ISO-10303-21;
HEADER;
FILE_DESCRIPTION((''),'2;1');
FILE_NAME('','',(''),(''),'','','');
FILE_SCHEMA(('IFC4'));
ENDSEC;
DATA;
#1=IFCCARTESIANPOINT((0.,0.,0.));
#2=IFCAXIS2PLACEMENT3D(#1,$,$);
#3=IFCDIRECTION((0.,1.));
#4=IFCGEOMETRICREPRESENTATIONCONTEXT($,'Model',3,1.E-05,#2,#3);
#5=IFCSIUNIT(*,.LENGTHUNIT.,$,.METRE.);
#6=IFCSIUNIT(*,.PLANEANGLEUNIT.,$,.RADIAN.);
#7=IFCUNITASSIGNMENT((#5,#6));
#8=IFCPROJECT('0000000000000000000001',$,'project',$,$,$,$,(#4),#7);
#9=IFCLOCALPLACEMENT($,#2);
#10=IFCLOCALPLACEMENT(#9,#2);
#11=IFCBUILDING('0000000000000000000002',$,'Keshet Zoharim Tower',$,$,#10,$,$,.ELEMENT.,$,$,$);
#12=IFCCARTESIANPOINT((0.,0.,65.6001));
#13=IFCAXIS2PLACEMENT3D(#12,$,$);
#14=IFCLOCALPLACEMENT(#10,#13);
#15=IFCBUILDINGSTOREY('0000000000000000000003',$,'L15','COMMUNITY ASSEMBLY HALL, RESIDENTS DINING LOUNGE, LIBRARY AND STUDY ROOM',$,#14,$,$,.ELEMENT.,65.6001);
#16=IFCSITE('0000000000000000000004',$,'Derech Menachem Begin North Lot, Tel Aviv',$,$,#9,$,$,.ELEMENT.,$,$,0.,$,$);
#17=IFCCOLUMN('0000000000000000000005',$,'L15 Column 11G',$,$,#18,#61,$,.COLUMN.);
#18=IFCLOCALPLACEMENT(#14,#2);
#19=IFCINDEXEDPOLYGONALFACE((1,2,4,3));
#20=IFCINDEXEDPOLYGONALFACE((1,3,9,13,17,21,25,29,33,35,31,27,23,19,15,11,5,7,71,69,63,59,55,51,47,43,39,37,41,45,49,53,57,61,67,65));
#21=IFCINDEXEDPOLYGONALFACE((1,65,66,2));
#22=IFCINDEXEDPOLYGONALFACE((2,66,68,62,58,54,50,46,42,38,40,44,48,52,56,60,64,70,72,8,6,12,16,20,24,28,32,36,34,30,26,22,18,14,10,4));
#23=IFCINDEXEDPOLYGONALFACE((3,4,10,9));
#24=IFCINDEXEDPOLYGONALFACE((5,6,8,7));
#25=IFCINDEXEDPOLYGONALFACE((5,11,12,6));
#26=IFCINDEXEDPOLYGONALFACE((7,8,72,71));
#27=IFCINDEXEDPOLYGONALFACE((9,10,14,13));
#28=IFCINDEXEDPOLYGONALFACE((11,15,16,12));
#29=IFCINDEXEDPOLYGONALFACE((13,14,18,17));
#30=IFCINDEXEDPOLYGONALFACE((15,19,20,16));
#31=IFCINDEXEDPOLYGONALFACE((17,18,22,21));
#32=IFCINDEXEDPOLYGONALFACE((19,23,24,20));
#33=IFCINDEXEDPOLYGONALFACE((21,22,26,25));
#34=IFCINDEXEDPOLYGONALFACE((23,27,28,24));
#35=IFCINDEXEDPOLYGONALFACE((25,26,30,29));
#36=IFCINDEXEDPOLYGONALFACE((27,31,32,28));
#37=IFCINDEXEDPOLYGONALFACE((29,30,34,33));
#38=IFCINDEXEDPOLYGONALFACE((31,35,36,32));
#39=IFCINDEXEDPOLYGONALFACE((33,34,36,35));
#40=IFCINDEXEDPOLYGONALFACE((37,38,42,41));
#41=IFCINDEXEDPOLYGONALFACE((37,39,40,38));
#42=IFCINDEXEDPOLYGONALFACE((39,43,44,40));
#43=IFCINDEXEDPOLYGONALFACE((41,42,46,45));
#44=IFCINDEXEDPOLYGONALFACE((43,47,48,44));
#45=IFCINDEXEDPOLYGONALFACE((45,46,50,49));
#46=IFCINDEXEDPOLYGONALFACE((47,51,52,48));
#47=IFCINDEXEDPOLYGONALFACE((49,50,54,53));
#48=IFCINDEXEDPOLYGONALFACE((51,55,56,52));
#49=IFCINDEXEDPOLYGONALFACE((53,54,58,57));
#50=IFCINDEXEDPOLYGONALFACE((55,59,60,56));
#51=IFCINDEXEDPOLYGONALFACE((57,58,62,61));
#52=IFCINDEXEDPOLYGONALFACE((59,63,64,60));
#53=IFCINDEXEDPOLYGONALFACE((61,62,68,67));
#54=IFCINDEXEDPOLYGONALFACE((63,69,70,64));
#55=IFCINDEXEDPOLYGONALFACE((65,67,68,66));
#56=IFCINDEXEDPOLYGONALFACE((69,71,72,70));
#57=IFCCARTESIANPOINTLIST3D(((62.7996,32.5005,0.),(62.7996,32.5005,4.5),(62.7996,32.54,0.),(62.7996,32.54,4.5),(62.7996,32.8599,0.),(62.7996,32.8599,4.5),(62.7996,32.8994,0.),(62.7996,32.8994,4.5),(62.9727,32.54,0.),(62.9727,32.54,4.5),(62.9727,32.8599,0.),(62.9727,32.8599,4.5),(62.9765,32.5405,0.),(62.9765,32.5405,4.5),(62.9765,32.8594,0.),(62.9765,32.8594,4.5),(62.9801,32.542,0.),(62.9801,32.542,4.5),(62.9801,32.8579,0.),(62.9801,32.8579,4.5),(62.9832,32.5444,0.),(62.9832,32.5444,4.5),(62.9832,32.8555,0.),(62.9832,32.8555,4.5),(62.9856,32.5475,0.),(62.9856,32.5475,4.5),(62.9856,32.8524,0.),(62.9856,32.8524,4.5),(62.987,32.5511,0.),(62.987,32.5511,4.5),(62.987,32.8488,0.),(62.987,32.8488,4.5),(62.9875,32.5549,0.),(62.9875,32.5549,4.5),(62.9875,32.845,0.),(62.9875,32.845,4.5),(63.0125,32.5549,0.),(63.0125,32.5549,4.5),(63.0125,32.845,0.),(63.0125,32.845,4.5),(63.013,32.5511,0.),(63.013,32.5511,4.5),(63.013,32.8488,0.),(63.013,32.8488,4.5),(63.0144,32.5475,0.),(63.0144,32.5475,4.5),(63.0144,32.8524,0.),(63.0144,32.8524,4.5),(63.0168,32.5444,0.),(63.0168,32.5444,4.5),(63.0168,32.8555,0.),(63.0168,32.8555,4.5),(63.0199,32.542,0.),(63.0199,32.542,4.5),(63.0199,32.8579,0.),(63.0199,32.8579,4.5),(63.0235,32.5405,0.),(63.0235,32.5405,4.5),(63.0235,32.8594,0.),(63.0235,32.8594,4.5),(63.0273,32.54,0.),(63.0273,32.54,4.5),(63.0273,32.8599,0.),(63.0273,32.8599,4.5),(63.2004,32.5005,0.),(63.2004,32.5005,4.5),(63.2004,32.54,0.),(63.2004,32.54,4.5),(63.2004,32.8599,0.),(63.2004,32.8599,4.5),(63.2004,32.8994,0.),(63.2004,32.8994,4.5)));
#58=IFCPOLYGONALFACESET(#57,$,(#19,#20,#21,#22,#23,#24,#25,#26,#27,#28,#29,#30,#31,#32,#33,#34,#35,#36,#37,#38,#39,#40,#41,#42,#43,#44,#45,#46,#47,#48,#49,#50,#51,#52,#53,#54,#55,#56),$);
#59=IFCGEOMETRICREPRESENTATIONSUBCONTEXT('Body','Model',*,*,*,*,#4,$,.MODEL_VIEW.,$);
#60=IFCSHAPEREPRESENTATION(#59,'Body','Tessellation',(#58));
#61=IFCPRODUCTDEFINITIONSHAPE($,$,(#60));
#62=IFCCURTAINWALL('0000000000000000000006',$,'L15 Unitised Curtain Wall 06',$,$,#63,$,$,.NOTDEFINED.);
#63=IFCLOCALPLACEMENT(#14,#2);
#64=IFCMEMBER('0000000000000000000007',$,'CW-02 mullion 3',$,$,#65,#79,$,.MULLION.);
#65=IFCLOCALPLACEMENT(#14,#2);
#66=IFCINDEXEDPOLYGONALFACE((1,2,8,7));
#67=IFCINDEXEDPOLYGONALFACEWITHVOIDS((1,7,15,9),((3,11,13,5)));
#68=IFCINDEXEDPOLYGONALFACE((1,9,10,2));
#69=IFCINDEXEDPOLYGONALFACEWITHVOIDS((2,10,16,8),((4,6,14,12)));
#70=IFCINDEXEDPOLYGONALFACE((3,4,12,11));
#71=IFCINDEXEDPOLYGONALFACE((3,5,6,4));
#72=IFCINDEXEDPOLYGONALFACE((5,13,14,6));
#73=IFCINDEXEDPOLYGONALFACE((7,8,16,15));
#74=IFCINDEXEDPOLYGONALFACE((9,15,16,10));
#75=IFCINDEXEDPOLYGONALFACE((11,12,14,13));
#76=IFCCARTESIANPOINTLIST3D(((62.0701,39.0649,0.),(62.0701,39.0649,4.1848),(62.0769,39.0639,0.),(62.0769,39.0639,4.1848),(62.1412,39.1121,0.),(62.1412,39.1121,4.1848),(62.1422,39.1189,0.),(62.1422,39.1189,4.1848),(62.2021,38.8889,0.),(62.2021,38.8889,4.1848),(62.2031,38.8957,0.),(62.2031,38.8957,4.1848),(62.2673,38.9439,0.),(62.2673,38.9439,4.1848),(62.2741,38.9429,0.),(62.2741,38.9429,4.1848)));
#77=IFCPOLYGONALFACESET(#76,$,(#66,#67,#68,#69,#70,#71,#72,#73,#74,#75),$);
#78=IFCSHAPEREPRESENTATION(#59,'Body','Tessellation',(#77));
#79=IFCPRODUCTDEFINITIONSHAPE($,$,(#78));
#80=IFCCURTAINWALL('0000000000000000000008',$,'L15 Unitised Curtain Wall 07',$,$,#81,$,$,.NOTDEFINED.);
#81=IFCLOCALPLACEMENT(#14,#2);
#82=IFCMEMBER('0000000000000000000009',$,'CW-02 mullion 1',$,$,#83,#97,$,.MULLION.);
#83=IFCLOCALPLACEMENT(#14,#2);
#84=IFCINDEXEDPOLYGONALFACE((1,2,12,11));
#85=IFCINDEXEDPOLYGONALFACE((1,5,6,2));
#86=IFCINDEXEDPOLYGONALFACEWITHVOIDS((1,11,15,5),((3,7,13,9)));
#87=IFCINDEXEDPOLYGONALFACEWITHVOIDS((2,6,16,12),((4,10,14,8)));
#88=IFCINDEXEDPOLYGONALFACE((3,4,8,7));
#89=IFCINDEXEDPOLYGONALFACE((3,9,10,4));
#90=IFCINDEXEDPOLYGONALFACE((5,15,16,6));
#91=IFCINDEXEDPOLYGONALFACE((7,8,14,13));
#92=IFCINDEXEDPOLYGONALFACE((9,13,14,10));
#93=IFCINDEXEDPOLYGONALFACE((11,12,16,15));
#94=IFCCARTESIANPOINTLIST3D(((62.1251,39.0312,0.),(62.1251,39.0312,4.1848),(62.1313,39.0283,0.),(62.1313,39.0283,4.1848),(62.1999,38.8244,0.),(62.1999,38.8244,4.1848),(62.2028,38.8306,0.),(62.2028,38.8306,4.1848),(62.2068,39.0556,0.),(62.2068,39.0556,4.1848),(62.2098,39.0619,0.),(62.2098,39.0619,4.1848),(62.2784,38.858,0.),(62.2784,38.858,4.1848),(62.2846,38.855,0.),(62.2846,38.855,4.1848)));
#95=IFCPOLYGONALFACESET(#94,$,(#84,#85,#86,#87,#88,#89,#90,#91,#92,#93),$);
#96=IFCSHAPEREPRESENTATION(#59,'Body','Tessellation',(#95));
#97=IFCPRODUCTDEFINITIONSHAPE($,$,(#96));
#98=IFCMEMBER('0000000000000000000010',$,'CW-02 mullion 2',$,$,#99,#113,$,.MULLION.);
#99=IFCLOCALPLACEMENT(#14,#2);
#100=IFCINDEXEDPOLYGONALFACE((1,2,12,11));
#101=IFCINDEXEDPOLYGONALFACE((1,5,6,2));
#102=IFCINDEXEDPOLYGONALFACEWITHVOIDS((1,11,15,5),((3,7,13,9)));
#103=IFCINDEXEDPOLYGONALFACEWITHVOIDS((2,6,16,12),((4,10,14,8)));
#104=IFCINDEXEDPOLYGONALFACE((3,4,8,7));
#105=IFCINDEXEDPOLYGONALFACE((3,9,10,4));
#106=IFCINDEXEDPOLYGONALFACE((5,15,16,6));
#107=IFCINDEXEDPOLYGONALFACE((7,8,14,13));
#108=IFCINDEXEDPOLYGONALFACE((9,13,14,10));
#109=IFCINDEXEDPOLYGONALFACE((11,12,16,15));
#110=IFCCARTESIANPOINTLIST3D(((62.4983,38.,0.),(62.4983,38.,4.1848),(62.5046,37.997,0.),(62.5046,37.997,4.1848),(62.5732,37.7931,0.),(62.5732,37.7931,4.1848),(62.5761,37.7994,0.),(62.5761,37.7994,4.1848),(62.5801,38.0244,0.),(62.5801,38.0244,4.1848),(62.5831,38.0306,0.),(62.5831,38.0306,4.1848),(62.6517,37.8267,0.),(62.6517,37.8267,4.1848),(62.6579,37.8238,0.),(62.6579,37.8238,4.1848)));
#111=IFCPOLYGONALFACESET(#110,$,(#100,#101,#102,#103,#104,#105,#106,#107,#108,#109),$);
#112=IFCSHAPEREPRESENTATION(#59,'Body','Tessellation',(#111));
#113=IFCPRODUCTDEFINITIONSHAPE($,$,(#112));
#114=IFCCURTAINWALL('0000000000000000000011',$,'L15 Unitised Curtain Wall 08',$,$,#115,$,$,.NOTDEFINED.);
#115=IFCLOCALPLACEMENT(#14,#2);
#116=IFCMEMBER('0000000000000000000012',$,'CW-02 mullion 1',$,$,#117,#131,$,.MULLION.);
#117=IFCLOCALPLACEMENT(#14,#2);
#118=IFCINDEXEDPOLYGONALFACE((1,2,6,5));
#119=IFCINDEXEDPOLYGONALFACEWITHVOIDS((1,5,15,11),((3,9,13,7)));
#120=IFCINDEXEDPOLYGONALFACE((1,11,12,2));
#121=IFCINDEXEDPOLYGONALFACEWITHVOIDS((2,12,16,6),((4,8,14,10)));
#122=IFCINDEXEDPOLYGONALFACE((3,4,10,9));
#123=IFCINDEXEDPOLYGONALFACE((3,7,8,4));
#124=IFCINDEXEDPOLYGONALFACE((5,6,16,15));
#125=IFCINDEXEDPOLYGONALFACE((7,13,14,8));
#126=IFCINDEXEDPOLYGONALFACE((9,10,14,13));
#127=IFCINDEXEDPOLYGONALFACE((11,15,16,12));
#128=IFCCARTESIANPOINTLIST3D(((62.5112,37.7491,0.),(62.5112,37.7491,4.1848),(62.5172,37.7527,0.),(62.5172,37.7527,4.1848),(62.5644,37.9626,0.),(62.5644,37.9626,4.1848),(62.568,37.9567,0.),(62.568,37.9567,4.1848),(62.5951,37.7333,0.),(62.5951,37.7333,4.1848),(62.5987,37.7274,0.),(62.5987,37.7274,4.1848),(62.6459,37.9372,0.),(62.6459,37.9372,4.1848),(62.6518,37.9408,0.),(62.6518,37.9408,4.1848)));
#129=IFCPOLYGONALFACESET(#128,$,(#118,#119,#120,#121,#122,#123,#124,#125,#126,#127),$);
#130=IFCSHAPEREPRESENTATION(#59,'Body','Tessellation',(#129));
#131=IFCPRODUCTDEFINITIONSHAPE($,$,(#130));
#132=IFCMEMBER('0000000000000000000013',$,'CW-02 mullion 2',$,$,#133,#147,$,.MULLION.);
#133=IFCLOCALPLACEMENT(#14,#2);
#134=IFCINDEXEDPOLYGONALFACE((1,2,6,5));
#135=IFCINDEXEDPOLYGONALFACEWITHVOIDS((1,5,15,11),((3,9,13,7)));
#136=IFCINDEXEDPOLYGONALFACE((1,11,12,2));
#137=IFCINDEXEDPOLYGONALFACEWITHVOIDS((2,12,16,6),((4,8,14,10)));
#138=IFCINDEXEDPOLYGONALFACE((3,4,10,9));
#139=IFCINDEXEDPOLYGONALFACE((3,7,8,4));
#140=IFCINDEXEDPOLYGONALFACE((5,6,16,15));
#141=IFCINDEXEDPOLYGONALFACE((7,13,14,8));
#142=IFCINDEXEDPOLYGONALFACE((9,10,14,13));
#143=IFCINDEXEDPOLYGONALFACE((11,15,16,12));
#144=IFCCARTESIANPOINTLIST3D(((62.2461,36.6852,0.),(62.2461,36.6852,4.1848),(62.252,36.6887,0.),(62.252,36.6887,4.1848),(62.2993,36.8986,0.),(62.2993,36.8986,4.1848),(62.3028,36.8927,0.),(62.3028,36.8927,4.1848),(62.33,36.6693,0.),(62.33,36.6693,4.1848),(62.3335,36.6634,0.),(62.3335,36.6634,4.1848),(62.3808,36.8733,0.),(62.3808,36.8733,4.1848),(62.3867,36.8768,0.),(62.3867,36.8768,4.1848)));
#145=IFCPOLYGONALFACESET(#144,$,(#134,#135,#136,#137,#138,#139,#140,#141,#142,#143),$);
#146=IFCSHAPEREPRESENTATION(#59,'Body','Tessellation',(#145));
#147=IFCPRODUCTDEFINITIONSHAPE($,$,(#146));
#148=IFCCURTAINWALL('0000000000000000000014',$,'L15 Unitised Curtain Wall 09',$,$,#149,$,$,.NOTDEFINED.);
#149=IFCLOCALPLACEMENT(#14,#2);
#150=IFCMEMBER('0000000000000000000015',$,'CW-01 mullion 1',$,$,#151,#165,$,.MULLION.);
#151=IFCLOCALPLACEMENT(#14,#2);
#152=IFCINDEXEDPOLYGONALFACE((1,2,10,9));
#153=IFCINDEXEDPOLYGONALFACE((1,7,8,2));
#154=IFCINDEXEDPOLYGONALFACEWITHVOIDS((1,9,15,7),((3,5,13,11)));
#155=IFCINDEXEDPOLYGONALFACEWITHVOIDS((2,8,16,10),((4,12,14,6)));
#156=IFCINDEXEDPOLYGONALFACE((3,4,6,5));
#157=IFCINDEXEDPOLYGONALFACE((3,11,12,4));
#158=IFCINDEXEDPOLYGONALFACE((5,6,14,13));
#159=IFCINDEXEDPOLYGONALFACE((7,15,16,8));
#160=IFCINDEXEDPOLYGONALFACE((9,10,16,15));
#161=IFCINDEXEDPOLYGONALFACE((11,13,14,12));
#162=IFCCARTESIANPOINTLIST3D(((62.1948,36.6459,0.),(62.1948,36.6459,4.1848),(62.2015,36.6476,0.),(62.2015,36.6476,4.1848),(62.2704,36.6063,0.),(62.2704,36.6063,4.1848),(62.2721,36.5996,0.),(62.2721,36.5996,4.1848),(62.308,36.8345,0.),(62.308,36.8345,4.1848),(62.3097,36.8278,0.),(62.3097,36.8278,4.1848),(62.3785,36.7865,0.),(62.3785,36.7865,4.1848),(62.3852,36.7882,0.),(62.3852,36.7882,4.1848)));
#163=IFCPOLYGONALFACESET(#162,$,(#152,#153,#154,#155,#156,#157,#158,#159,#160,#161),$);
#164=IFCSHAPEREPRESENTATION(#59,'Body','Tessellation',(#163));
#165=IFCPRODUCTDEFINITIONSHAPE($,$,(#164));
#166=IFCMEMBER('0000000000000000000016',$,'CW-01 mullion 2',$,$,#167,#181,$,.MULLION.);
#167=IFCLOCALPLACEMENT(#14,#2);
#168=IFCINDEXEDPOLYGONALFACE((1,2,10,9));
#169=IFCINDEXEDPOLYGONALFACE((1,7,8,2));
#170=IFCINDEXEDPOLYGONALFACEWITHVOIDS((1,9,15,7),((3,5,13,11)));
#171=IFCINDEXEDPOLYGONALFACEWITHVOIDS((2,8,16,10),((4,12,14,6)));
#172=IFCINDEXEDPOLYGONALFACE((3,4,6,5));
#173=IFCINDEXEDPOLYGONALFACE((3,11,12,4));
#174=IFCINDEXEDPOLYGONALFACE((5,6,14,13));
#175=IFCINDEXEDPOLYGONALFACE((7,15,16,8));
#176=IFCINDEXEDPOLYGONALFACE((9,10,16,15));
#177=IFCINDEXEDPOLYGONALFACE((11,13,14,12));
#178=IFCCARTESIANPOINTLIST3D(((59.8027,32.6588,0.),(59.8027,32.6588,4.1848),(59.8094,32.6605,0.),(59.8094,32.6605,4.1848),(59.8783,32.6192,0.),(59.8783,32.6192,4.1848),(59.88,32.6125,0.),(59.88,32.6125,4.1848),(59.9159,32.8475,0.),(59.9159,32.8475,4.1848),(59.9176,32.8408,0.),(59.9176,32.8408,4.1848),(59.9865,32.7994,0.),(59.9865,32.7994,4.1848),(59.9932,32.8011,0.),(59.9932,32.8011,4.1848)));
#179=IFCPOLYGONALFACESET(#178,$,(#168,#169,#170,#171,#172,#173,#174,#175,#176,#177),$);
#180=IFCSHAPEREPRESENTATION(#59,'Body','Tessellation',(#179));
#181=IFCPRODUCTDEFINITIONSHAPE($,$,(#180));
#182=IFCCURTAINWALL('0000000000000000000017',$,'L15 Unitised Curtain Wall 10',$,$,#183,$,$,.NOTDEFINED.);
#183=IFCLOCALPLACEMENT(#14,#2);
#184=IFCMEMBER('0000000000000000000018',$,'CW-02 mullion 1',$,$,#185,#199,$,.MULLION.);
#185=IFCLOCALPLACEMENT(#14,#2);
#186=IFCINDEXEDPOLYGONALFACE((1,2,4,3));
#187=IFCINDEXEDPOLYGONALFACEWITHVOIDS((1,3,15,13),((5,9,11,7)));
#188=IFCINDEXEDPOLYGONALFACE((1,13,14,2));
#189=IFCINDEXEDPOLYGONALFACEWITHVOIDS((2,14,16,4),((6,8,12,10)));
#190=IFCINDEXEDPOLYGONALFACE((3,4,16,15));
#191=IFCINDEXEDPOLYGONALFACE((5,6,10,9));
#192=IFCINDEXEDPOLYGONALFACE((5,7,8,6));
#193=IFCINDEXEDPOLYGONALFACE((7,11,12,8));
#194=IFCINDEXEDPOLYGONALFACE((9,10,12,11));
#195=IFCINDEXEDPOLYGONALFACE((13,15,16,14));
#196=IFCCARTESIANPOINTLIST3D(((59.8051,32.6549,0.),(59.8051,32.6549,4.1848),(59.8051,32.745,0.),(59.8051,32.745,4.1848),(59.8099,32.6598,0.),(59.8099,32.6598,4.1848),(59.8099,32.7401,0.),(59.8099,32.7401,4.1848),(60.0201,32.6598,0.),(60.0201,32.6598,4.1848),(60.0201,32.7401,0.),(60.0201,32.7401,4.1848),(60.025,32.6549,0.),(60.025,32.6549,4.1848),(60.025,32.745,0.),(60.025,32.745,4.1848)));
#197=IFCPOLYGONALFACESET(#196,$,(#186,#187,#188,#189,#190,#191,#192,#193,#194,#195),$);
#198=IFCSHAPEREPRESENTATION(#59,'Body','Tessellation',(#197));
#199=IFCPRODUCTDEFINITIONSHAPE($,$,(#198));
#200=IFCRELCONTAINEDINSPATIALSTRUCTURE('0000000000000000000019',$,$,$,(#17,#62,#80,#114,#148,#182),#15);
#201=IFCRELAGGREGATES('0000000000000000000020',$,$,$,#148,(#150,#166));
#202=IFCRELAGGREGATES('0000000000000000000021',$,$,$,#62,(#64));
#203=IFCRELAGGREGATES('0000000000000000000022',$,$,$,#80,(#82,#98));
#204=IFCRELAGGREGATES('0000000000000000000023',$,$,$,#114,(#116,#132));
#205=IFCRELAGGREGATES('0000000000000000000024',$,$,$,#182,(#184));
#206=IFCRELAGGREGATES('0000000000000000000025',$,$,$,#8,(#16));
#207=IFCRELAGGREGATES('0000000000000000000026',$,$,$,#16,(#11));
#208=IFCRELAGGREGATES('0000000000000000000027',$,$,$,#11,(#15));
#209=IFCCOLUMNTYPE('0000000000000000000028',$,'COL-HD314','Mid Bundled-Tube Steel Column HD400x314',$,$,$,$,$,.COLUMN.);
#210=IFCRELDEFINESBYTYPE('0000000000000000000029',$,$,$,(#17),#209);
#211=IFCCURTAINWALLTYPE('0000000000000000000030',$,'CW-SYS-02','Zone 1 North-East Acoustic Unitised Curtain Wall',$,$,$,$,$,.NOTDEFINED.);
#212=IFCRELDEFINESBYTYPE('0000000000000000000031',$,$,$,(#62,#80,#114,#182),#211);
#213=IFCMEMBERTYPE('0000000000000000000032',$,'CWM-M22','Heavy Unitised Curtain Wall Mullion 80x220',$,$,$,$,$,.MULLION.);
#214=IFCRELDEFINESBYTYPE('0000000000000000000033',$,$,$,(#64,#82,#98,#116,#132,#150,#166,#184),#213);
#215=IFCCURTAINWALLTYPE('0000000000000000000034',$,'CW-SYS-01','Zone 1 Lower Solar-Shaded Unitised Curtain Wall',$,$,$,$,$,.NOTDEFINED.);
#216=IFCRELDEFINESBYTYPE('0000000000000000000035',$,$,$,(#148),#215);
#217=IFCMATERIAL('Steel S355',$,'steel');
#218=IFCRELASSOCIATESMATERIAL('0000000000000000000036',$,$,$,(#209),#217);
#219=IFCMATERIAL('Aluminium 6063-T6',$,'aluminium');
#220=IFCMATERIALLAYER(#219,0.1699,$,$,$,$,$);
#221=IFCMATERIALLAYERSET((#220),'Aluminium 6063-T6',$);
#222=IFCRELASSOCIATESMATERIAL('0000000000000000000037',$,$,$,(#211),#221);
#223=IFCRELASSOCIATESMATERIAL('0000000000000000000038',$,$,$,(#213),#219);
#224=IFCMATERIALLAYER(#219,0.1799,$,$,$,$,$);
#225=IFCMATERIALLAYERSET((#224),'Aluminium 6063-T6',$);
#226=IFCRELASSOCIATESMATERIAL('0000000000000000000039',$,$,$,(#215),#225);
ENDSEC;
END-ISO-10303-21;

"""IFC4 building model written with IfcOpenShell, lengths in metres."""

from ifc_helpers import new_model, si_unit, direction, frame, origin, origin_2d, place, context, subcontext, project, spatial, hollow_rectangle, i_section, extrude, material, layer, layer_set, material_profile, profile_set, type_object, element, aggregate, save


model = new_model("IFC4")

# Units and contexts
model_context = context("Model", 3, precision=1e-05, world=origin(), true_north=direction((0.0, 1.0)))
body_context = subcontext(model_context, "Body", "Model", "MODEL_VIEW")
ifc_project = project(units=[si_unit("LENGTHUNIT", "METRE"), si_unit("PLANEANGLEUNIT", "RADIAN")], contexts=[model_context])

# Site, building, storey
site_placement = place(None, origin())
site = spatial("IfcSite", under=ifc_project, at=site_placement, Name="Derech Menachem Begin North Lot, Tel Aviv", CompositionType="ELEMENT", RefElevation=0.0)
building_placement = place(site_placement, origin())
building = spatial("IfcBuilding", under=site, at=building_placement, Name="Keshet Zoharim Tower", CompositionType="ELEMENT")
storey_placement = place(building_placement, frame((0.0, 0.0, 65.6001)))
storey = spatial("IfcBuildingStorey", under=building, at=storey_placement, Name="L15", Description="COMMUNITY ASSEMBLY HALL, RESIDENTS DINING LOUNGE, LIBRARY AND STUDY ROOM", CompositionType="ELEMENT", Elevation=65.6001)

# Column
ifc_material_1 = material(Name="Steel S355", Category="steel")
ifc_material_profile_1 = material_profile(ifc_material_1, i_section(OverallWidth=0.4009, OverallDepth=0.3989, WebThickness=0.0249, FlangeThickness=0.0396, FilletRadius=0.0149, at=origin_2d()), Name="HD400x314")
ifc_profile_set_1 = profile_set([ifc_material_profile_1], Name="Steel S355")
column_type = type_object("IfcColumnType", Name="COL-HD314", Description="Mid Bundled-Tube Steel Column HD400x314", PredefinedType="COLUMN", material=ifc_profile_set_1)
column_placement = place(storey_placement, frame((63.0, 32.7, 0.0), z_axis=(0.0, 0.0, 1.0), x_axis=(1.0, 0.0, 0.0)))
element("IfcColumn", 1, at=column_placement, inside=storey, type_object=column_type, Name="L15 Column 11G", PredefinedType="COLUMN", context=body_context, shape_type="SweptSolid", body=[
    extrude(i_section(OverallWidth=0.4009, OverallDepth=0.3989, WebThickness=0.0249, FlangeThickness=0.0396, FilletRadius=0.0149, at=origin_2d()), origin(), (0.0, 0.0, 1.0), 4.5),
])

# Curtain wall, member
ifc_material_2 = material(Name="Aluminium 6063-T6", Category="aluminium")
ifc_layer_1 = layer(ifc_material_2, 0.1699)
ifc_layer_set_1 = layer_set([ifc_layer_1], Name="Aluminium 6063-T6")
curtain_wall_type_1 = type_object("IfcCurtainWallType", Name="CW-SYS-02", Description="Zone 1 North-East Acoustic Unitised Curtain Wall", PredefinedType="NOTDEFINED", material=ifc_layer_set_1)
curtain_wall_1_placement = place(storey_placement, origin())
curtain_wall_1 = element("IfcCurtainWall", 2, at=curtain_wall_1_placement, inside=storey, type_object=curtain_wall_type_1, Name="L15 Unitised Curtain Wall 06", PredefinedType="NOTDEFINED")
ifc_material_profile_2 = material_profile(ifc_material_2, hollow_rectangle(XDim=0.0901, YDim=0.22, WallThickness=0.0049, at=origin_2d()), Name="MUL-90x220")
ifc_profile_set_2 = profile_set([ifc_material_profile_2], Name="Aluminium 6063-T6")
member_type_1 = type_object("IfcMemberType", Name="CWM-M22", Description="Heavy Unitised Curtain Wall Mullion 80x220", PredefinedType="MULLION", material=ifc_profile_set_2)
member_1_placement = place(storey_placement, frame((62.1721, 39.0039, 0.0), z_axis=(0.0, 0.0, 1.0), x_axis=(0.8, 0.6, 0.0)))
member_1 = element("IfcMember", 3, at=member_1_placement, type_object=member_type_1, Name="CW-02 mullion 3", PredefinedType="MULLION", context=body_context, shape_type="SweptSolid", body=[
    extrude(hollow_rectangle(XDim=0.0901, YDim=0.22, WallThickness=0.0049, at=origin_2d()), origin(), (0.0, 0.0, 1.0), 4.1848),
])

# Curtain walls, members
curtain_wall_2_placement = place(storey_placement, origin())
curtain_wall_2 = element("IfcCurtainWall", 4, at=curtain_wall_2_placement, inside=storey, type_object=curtain_wall_type_1, Name="L15 Unitised Curtain Wall 07", PredefinedType="NOTDEFINED")
member_2_placement = place(storey_placement, frame((62.2048, 38.9431, 0.0), z_axis=(0.0, 0.0, 1.0), x_axis=(0.940318, 0.340297, 0.0)))
member_2 = element("IfcMember", 5, at=member_2_placement, type_object=member_type_1, Name="CW-02 mullion 1", PredefinedType="MULLION", context=body_context, shape_type="SweptSolid", body=[
    extrude(hollow_rectangle(XDim=0.0901, YDim=0.22, WallThickness=0.0049, at=origin_2d()), origin(), (0.0, 0.0, 1.0), 4.1848),
])
member_3_placement = place(storey_placement, frame((62.5781, 37.9119, 0.0), z_axis=(0.0, 0.0, 1.0), x_axis=(0.940318, 0.340297, 0.0)))
member_3 = element("IfcMember", 6, at=member_3_placement, type_object=member_type_1, Name="CW-02 mullion 2", PredefinedType="MULLION", context=body_context, shape_type="SweptSolid", body=[
    extrude(hollow_rectangle(XDim=0.0901, YDim=0.22, WallThickness=0.0049, at=origin_2d()), origin(), (0.0, 0.0, 1.0), 4.1848),
])
curtain_wall_3_placement = place(storey_placement, origin())
curtain_wall_3 = element("IfcCurtainWall", 7, at=curtain_wall_3_placement, inside=storey, type_object=curtain_wall_type_1, Name="L15 Unitised Curtain Wall 08", PredefinedType="NOTDEFINED")
member_4_placement = place(storey_placement, frame((62.5815, 37.845, 0.0), z_axis=(0.0, 0.0, 1.0), x_axis=(0.970344, -0.241729, 0.0)))
member_4 = element("IfcMember", 8, at=member_4_placement, type_object=member_type_1, Name="CW-02 mullion 1", PredefinedType="MULLION", context=body_context, shape_type="SweptSolid", body=[
    extrude(hollow_rectangle(XDim=0.0901, YDim=0.22, WallThickness=0.0049, at=origin_2d()), origin(), (0.0, 0.0, 1.0), 4.1848),
])
member_5_placement = place(storey_placement, frame((62.3164, 36.781, 0.0), z_axis=(0.0, 0.0, 1.0), x_axis=(0.970344, -0.241729, 0.0)))
member_5 = element("IfcMember", 9, at=member_5_placement, type_object=member_type_1, Name="CW-02 mullion 2", PredefinedType="MULLION", context=body_context, shape_type="SweptSolid", body=[
    extrude(hollow_rectangle(XDim=0.0901, YDim=0.22, WallThickness=0.0049, at=origin_2d()), origin(), (0.0, 0.0, 1.0), 4.1848),
])
ifc_layer_2 = layer(ifc_material_2, 0.1799)
ifc_layer_set_2 = layer_set([ifc_layer_2], Name="Aluminium 6063-T6")
curtain_wall_type_2 = type_object("IfcCurtainWallType", Name="CW-SYS-01", Description="Zone 1 Lower Solar-Shaded Unitised Curtain Wall", PredefinedType="NOTDEFINED", material=ifc_layer_set_2)
curtain_wall_4_placement = place(storey_placement, origin())
curtain_wall_4 = element("IfcCurtainWall", 10, at=curtain_wall_4_placement, inside=storey, type_object=curtain_wall_type_2, Name="L15 Unitised Curtain Wall 09", PredefinedType="NOTDEFINED")
member_6_placement = place(storey_placement, frame((62.29, 36.717, 0.0), z_axis=(0.0, 0.0, 1.0), x_axis=(0.857512, -0.514465, 0.0)))
member_6 = element("IfcMember", 11, at=member_6_placement, type_object=member_type_1, Name="CW-01 mullion 1", PredefinedType="MULLION", context=body_context, shape_type="SweptSolid", body=[
    extrude(hollow_rectangle(XDim=0.0901, YDim=0.22, WallThickness=0.0049, at=origin_2d()), origin(), (0.0, 0.0, 1.0), 4.1848),
])
member_7_placement = place(storey_placement, frame((59.8979, 32.73, 0.0), z_axis=(0.0, 0.0, 1.0), x_axis=(0.857512, -0.514465, 0.0)))
member_7 = element("IfcMember", 12, at=member_7_placement, type_object=member_type_1, Name="CW-01 mullion 2", PredefinedType="MULLION", context=body_context, shape_type="SweptSolid", body=[
    extrude(hollow_rectangle(XDim=0.0901, YDim=0.22, WallThickness=0.0049, at=origin_2d()), origin(), (0.0, 0.0, 1.0), 4.1848),
])
curtain_wall_5_placement = place(storey_placement, origin())
curtain_wall_5 = element("IfcCurtainWall", 13, at=curtain_wall_5_placement, inside=storey, type_object=curtain_wall_type_1, Name="L15 Unitised Curtain Wall 10", PredefinedType="NOTDEFINED")
member_8_placement = place(storey_placement, frame((59.915, 32.7, 0.0), z_axis=(0.0, 0.0, 1.0), x_axis=(0.0, 1.0, 0.0)))
member_8 = element("IfcMember", 14, at=member_8_placement, type_object=member_type_1, Name="CW-02 mullion 1", PredefinedType="MULLION", context=body_context, shape_type="SweptSolid", body=[
    extrude(hollow_rectangle(XDim=0.0901, YDim=0.22, WallThickness=0.0049, at=origin_2d()), origin(), (0.0, 0.0, 1.0), 4.1848),
])

aggregate(curtain_wall_4, [member_6, member_7])
aggregate(curtain_wall_1, [member_1])
aggregate(curtain_wall_2, [member_2, member_3])
aggregate(curtain_wall_3, [member_4, member_5])
aggregate(curtain_wall_5, [member_8])

save(model, "model.ifc")
